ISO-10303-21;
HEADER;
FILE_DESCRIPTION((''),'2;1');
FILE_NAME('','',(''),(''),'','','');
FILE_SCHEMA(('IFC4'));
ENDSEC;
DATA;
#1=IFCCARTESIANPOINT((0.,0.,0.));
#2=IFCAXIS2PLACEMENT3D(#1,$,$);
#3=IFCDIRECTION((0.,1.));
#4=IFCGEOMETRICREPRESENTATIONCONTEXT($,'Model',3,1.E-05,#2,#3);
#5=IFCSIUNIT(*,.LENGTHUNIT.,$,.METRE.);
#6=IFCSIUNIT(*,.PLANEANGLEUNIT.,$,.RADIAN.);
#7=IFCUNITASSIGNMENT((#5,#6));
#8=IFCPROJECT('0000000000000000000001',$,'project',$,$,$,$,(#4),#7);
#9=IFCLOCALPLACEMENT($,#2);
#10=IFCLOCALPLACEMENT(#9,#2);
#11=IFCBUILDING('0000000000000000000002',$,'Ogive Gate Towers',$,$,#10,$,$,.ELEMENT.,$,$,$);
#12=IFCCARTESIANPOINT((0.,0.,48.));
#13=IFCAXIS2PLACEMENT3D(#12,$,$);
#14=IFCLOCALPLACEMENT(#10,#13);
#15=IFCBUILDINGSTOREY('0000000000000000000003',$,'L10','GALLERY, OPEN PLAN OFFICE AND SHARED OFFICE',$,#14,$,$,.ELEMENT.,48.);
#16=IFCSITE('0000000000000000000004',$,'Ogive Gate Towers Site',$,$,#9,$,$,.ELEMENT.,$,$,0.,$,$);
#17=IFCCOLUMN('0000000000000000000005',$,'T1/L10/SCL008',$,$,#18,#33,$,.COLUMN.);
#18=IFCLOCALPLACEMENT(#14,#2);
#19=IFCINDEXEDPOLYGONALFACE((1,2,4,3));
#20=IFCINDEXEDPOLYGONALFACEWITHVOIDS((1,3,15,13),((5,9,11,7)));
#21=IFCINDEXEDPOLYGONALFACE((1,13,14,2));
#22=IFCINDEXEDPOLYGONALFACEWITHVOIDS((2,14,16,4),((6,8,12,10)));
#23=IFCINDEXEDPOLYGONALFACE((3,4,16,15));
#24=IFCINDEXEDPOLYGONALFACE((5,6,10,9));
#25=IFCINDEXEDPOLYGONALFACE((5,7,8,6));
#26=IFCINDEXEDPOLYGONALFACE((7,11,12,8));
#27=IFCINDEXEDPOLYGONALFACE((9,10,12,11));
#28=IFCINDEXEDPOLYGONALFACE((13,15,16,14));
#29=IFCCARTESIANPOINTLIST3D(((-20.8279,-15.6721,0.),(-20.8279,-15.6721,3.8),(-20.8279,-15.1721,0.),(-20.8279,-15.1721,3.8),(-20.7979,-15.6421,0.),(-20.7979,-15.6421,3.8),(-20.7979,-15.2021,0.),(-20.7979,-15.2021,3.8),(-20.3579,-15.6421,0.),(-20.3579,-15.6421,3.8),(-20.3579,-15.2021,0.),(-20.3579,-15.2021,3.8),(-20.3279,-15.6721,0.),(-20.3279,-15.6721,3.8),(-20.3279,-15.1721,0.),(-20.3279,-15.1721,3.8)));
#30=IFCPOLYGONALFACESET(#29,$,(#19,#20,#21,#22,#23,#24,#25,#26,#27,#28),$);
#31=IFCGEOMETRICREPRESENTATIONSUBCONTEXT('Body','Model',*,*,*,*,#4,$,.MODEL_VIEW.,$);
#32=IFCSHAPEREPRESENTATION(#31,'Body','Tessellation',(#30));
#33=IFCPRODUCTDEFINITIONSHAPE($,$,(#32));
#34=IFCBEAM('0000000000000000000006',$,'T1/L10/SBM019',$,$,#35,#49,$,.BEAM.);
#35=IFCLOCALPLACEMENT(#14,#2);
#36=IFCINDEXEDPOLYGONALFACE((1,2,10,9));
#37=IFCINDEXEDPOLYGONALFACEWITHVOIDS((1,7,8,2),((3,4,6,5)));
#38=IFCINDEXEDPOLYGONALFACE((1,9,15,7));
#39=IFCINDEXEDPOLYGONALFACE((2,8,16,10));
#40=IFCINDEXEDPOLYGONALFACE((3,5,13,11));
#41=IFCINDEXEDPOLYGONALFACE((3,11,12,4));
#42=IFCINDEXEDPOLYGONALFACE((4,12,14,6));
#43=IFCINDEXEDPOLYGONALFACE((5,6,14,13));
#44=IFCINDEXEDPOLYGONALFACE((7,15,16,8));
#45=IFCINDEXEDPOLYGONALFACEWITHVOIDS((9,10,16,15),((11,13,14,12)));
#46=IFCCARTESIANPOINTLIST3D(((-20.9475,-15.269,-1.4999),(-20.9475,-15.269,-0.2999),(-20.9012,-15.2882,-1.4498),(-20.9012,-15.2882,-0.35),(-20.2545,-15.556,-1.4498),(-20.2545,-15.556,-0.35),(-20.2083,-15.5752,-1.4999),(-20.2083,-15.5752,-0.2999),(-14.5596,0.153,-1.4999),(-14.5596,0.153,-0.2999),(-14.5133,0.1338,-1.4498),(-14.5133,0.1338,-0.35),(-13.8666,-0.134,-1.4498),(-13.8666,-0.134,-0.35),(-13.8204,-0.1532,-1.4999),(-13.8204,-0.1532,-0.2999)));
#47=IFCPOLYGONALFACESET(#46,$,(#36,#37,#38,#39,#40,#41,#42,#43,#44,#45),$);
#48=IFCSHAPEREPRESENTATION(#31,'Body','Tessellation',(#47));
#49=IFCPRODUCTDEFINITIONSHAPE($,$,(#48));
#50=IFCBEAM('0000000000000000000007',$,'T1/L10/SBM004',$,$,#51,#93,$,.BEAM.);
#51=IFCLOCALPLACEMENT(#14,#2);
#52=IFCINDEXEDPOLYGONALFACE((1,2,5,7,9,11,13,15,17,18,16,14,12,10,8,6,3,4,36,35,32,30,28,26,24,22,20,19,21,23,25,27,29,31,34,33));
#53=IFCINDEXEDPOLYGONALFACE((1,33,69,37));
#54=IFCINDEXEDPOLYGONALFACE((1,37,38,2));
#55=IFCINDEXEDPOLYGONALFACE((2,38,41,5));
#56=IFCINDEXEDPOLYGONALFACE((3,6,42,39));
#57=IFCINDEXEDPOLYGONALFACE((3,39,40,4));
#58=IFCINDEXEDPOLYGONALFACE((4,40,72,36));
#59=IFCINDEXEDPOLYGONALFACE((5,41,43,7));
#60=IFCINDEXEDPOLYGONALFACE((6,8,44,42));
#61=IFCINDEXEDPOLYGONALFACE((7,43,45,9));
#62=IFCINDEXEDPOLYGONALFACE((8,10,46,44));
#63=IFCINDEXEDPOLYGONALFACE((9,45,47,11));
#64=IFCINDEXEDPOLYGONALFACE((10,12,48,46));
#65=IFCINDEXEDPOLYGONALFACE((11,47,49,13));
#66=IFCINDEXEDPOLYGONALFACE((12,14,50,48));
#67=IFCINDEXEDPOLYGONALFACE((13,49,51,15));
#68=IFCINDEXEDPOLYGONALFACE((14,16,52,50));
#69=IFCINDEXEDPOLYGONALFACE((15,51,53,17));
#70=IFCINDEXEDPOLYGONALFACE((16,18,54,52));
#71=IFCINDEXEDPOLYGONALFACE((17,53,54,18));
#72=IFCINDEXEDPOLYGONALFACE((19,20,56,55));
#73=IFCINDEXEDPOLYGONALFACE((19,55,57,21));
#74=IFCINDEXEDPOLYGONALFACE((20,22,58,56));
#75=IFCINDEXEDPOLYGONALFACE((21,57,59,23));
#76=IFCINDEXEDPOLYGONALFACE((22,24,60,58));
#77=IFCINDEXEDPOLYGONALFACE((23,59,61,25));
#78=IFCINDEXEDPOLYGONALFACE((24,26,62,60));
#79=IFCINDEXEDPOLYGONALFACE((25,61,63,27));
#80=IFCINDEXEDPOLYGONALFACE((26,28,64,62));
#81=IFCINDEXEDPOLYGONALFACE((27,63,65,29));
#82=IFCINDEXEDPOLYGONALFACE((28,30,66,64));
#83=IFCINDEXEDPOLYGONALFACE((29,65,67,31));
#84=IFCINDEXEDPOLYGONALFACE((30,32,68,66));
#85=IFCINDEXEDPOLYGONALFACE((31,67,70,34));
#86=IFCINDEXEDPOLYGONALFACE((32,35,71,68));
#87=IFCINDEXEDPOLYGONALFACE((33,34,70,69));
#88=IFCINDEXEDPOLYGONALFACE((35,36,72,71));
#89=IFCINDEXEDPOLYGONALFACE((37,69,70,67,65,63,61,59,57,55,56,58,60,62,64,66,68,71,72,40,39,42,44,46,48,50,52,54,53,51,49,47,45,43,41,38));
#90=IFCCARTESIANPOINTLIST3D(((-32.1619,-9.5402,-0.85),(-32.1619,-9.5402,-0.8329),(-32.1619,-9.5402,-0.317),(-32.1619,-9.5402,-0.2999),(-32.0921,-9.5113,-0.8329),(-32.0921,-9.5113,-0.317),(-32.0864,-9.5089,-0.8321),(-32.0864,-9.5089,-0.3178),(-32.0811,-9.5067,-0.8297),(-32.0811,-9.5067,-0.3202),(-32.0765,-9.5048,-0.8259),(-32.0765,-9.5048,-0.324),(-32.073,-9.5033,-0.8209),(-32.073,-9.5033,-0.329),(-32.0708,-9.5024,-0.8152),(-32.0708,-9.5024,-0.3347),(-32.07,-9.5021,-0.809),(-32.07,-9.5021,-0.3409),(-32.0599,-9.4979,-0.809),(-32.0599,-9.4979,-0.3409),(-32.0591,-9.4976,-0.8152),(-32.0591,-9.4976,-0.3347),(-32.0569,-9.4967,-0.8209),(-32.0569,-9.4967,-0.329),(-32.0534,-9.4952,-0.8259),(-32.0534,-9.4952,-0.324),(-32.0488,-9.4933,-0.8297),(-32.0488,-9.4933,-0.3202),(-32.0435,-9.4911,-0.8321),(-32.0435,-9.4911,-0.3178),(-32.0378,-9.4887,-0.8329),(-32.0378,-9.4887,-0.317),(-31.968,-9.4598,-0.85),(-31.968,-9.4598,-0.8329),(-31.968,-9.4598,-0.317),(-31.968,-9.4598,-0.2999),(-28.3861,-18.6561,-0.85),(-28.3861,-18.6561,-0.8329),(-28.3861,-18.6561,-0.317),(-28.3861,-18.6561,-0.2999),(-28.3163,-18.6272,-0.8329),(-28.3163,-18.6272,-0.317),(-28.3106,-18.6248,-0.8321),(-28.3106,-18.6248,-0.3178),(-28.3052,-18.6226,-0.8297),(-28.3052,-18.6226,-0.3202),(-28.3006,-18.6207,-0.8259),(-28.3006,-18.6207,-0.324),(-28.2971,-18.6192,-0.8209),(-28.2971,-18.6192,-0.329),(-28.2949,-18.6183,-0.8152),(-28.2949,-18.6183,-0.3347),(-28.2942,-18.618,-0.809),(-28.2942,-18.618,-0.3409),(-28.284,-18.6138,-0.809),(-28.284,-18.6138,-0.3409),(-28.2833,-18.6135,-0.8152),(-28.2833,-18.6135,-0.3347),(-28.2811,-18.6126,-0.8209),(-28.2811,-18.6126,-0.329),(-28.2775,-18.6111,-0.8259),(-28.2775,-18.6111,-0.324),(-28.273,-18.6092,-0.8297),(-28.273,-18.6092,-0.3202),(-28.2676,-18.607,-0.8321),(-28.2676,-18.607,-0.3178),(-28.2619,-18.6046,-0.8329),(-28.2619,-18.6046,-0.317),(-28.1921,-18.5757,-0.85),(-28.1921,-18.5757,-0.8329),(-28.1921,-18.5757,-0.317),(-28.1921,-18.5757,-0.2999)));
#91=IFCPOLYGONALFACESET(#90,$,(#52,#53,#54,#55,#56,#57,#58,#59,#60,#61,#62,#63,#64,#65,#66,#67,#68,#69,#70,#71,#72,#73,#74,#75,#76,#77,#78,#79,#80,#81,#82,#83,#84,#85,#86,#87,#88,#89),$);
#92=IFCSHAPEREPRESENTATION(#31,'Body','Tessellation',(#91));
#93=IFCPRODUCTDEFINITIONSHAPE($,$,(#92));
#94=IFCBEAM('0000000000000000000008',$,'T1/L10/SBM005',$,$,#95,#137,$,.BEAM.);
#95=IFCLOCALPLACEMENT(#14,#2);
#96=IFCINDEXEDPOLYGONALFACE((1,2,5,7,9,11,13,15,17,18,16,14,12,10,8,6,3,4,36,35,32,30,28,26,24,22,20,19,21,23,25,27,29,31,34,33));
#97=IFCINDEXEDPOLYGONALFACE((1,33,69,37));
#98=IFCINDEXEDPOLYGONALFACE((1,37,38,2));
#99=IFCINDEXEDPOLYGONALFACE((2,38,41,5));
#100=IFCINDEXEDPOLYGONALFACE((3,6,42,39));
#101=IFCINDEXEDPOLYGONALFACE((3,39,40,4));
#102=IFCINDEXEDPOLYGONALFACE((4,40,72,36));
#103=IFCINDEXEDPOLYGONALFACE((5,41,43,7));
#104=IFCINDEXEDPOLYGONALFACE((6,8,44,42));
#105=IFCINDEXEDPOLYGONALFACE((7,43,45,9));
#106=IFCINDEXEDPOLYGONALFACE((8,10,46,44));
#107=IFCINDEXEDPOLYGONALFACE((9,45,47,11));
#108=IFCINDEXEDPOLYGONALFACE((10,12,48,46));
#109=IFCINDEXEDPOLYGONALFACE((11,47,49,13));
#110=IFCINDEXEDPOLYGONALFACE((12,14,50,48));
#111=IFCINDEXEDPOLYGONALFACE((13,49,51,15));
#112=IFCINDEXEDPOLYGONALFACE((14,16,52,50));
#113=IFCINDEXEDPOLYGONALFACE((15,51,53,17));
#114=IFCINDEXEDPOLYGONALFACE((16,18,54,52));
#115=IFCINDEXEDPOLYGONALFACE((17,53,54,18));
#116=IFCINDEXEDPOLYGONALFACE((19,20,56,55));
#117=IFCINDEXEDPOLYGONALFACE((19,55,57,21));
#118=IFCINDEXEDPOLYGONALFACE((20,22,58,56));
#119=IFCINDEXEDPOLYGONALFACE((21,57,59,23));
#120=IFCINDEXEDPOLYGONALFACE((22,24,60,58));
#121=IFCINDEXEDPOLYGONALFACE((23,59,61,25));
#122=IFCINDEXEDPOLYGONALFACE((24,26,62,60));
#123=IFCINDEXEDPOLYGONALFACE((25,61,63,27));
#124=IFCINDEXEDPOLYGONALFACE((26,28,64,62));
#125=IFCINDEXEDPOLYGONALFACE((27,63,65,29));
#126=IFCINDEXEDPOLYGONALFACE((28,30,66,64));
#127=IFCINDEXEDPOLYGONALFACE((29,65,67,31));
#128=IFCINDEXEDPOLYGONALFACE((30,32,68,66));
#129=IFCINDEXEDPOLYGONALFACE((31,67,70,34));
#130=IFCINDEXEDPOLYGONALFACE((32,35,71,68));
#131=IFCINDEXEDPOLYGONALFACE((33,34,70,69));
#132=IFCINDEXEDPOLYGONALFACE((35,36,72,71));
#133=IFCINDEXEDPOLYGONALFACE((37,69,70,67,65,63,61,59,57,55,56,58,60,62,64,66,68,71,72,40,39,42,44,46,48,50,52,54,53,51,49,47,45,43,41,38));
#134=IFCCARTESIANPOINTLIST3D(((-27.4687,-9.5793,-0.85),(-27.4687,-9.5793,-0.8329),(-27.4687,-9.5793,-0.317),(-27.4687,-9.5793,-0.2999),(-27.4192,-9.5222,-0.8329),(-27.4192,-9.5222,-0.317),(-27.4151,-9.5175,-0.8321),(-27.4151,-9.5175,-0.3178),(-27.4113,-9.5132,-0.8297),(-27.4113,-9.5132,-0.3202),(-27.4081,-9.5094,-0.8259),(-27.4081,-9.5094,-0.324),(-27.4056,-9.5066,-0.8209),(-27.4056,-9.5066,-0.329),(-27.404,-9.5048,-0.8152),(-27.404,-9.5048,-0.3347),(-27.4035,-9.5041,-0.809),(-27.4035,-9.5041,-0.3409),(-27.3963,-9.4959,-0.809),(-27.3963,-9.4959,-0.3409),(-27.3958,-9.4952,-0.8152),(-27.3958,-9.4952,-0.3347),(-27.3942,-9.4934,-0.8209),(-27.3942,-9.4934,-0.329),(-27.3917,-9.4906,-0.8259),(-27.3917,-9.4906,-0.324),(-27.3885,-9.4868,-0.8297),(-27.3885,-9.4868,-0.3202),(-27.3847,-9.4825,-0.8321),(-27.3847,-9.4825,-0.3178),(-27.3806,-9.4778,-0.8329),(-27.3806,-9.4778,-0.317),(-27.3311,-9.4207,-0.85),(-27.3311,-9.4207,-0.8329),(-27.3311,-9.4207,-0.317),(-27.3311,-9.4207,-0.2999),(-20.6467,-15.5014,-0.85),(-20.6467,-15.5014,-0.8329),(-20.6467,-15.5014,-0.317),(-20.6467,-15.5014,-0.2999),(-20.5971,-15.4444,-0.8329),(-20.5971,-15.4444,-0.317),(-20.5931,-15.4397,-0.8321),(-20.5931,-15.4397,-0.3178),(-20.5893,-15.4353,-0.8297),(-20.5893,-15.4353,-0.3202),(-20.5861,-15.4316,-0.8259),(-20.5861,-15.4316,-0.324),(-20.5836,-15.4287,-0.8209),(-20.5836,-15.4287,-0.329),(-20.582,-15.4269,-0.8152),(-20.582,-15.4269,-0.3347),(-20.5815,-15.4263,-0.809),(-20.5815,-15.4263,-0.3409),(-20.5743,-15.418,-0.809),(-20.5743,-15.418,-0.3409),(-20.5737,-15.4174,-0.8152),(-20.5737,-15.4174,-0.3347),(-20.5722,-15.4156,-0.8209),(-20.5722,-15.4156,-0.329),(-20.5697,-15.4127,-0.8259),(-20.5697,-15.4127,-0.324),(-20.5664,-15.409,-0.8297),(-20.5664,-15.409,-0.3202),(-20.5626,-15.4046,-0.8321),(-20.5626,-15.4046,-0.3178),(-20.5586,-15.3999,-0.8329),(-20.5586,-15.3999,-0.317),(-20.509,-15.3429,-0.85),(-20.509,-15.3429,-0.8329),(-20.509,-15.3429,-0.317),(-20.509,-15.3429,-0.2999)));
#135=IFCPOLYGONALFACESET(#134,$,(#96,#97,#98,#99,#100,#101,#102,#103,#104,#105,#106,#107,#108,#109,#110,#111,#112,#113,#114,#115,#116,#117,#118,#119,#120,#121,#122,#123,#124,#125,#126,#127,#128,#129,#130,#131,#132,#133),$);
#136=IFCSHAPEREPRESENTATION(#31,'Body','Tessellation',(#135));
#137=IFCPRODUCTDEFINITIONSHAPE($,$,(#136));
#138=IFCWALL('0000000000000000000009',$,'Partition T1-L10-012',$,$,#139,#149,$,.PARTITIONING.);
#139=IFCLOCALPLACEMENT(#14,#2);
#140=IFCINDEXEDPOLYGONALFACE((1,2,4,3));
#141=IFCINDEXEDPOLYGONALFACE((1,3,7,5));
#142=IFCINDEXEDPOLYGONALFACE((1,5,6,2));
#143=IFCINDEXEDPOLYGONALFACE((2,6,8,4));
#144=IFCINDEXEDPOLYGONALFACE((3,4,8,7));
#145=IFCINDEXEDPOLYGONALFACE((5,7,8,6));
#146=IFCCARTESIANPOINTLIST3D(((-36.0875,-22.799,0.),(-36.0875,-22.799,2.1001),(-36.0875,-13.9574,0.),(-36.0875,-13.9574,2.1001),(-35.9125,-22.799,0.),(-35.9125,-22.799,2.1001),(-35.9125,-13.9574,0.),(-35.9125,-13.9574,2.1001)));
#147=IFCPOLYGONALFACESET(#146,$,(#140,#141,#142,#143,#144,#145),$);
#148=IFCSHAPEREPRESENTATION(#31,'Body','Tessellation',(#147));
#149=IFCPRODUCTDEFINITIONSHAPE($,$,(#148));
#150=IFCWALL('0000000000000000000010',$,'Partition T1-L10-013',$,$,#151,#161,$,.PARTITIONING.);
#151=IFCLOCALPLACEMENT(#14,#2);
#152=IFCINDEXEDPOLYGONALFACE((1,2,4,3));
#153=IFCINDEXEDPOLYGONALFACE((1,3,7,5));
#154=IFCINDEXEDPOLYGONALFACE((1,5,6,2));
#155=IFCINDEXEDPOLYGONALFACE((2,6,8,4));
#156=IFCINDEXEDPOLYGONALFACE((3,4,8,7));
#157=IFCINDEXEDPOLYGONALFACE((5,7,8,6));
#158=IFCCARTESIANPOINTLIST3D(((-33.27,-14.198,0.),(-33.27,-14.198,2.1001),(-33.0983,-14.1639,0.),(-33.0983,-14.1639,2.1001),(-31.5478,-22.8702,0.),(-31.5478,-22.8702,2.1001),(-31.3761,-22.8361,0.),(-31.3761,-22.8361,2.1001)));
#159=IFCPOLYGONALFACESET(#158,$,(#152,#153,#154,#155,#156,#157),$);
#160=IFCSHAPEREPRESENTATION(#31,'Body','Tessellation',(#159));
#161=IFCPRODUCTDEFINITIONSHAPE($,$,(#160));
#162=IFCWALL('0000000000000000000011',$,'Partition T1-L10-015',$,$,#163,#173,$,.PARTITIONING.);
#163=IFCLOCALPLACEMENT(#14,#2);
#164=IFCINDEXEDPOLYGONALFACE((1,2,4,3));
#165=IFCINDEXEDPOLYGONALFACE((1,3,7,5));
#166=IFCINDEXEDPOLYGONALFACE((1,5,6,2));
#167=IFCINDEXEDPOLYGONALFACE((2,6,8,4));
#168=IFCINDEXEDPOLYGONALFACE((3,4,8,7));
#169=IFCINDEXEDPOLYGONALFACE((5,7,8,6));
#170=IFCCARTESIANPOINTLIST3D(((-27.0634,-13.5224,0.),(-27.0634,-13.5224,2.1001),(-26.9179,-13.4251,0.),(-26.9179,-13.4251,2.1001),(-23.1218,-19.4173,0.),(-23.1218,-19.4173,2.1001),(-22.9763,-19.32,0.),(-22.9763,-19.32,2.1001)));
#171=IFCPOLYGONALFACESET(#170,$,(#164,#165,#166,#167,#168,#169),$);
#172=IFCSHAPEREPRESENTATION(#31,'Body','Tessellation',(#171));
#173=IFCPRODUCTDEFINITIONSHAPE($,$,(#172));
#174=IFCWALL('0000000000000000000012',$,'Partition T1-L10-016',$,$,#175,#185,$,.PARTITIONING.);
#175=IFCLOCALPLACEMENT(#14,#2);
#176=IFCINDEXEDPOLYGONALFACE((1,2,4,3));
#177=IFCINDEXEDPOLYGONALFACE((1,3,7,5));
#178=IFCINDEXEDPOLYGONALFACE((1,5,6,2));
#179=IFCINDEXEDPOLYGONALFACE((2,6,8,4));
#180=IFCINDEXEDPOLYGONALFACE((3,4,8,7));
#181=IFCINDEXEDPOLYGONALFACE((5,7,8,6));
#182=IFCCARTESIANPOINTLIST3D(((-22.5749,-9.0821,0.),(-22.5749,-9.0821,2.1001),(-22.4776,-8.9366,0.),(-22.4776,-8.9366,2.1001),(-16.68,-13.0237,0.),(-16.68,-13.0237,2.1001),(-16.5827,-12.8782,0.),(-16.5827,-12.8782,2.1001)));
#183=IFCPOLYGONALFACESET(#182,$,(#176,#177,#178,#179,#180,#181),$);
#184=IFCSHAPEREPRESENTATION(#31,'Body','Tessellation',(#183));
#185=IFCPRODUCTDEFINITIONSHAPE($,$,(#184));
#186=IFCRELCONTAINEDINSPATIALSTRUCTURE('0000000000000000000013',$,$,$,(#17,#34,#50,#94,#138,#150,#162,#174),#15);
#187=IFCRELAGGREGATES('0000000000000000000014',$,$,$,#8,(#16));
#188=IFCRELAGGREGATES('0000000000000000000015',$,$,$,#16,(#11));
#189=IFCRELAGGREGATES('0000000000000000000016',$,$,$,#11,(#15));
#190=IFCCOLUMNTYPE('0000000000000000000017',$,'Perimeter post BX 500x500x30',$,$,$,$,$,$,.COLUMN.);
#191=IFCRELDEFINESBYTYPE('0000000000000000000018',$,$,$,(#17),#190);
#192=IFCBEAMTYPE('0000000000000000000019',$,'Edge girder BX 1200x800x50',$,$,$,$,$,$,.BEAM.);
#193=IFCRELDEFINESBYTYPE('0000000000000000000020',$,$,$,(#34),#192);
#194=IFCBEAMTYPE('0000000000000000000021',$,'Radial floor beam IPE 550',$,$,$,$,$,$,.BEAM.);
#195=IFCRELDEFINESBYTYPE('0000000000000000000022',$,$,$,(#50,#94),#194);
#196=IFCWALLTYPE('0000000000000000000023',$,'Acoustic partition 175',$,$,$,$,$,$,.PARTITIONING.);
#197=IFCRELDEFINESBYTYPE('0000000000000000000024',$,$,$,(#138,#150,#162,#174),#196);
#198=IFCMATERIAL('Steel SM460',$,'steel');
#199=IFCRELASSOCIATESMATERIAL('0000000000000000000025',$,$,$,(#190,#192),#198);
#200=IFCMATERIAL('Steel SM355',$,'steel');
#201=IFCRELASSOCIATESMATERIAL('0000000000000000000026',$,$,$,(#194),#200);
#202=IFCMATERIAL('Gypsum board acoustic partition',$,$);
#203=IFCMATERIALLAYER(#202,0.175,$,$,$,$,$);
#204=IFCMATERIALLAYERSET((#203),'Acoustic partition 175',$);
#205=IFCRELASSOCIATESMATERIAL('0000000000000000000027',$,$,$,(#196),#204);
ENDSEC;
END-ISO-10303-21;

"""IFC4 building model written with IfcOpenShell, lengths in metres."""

from ifc_helpers import new_model, si_unit, direction, frame, frame_2d, origin, origin_2d, place, context, subcontext, project, spatial, rectangle, hollow_rectangle, i_section, extrude, material, layer, layer_set, material_profile, profile_set, type_object, element, save


model = new_model("IFC4")

# Units and contexts
model_context = context("Model", 3, precision=1e-05, world=origin(), true_north=direction((0.0, 1.0)))
body_context = subcontext(model_context, "Body", "Model", "MODEL_VIEW")
ifc_project = project(units=[si_unit("LENGTHUNIT", "METRE"), si_unit("PLANEANGLEUNIT", "RADIAN")], contexts=[model_context])

# Site, building, storey
site_placement = place(None, origin())
site = spatial("IfcSite", under=ifc_project, at=site_placement, Name="Ogive Gate Towers Site", CompositionType="ELEMENT", RefElevation=0.0)
building_placement = place(site_placement, origin())
building = spatial("IfcBuilding", under=site, at=building_placement, Name="Ogive Gate Towers", CompositionType="ELEMENT")
storey_placement = place(building_placement, frame((0.0, 0.0, 48.0)))
storey = spatial("IfcBuildingStorey", under=building, at=storey_placement, Name="L10", Description="GALLERY, OPEN PLAN OFFICE AND SHARED OFFICE", CompositionType="ELEMENT", Elevation=48.0)

# Column
ifc_material_1 = material(Name="Steel SM460", Category="steel")
ifc_material_profile_1 = material_profile(ifc_material_1, hollow_rectangle(XDim=0.5, YDim=0.5, WallThickness=0.03, at=origin_2d()), Name="BX 500x500x30")
ifc_profile_set_1 = profile_set([ifc_material_profile_1], Name="Steel SM460")
column_type = type_object("IfcColumnType", Name="Perimeter post BX 500x500x30", PredefinedType="COLUMN", material=ifc_profile_set_1)
column_placement = place(storey_placement, frame((-20.5779, -15.4221, 0.0), z_axis=(0.0, 0.0, 1.0), x_axis=(1.0, 0.0, 0.0)))
element("IfcColumn", 1, at=column_placement, inside=storey, type_object=column_type, Name="T1/L10/SCL008", PredefinedType="COLUMN", context=body_context, shape_type="SweptSolid", body=[
    extrude(hollow_rectangle(XDim=0.5, YDim=0.5, WallThickness=0.03, at=origin_2d()), origin(), (0.0, 0.0, 1.0), 3.8),
])

# Beams
ifc_material_profile_2 = material_profile(ifc_material_1, hollow_rectangle(XDim=0.8, YDim=1.2, WallThickness=0.05, at=origin_2d()), Name="BX 1200x800x50")
ifc_profile_set_2 = profile_set([ifc_material_profile_2], Name="Steel SM460")
beam_type_1 = type_object("IfcBeamType", Name="Edge girder BX 1200x800x50", PredefinedType="BEAM", material=ifc_profile_set_2)
beam_1_placement = place(storey_placement, frame((-20.5779, -15.4221, -0.8999), z_axis=(0.382678, 0.923882, 0.0), x_axis=(-0.923882, 0.382678, 0.0)))
element("IfcBeam", 2, at=beam_1_placement, inside=storey, type_object=beam_type_1, Name="T1/L10/SBM019", PredefinedType="BEAM", context=body_context, shape_type="SweptSolid", body=[
    extrude(hollow_rectangle(XDim=0.8, YDim=1.2, WallThickness=0.05, at=origin_2d()), origin(), (0.0, 0.0, 1.0), 16.6926),
])
ifc_material_2 = material(Name="Steel SM355", Category="steel")
ifc_material_profile_3 = material_profile(ifc_material_2, i_section(OverallWidth=0.21, OverallDepth=0.55, WebThickness=0.011, FlangeThickness=0.0171, FilletRadius=0.0239, at=origin_2d()), Name="IPE 550")
ifc_profile_set_3 = profile_set([ifc_material_profile_3], Name="Steel SM355")
beam_type_2 = type_object("IfcBeamType", Name="Radial floor beam IPE 550", PredefinedType="BEAM", material=ifc_profile_set_3)
beam_2_placement = place(storey_placement, frame((-32.0649, -9.5, -0.575), z_axis=(0.382677, -0.923882, 0.0), x_axis=(0.923882, 0.382677, 0.0)))
element("IfcBeam", 3, at=beam_2_placement, inside=storey, type_object=beam_type_2, Name="T1/L10/SBM004", PredefinedType="BEAM", context=body_context, shape_type="SweptSolid", body=[
    extrude(i_section(OverallWidth=0.21, OverallDepth=0.55, WebThickness=0.011, FlangeThickness=0.0171, FilletRadius=0.0239, at=origin_2d()), origin(), (0.0, 0.0, 1.0), 9.8669),
])
beam_3_placement = place(storey_placement, frame((-27.3999, -9.5, -0.575), z_axis=(0.755157, -0.655544, 0.0), x_axis=(0.655544, 0.755157, 0.0)))
element("IfcBeam", 4, at=beam_3_placement, inside=storey, type_object=beam_type_2, Name="T1/L10/SBM005", PredefinedType="BEAM", context=body_context, shape_type="SweptSolid", body=[
    extrude(i_section(OverallWidth=0.21, OverallDepth=0.55, WebThickness=0.011, FlangeThickness=0.0171, FilletRadius=0.0239, at=origin_2d()), origin(), (0.0, 0.0, 1.0), 9.0339),
])

# Walls
ifc_material_3 = material(Name="Gypsum board acoustic partition")
ifc_layer_1 = layer(ifc_material_3, 0.175)
ifc_layer_set_1 = layer_set([ifc_layer_1], Name="Acoustic partition 175")
wall_type_1 = type_object("IfcWallType", Name="Acoustic partition 175", PredefinedType="PARTITIONING", material=ifc_layer_set_1)
for number, where, z_axis, x_axis, name in (
    (5, (-36.0, -22.7991, 0.0), (0.0, 0.0, 1.0), (0.0, 1.0, 0.0), "Partition T1-L10-012"),
    (6, (-31.4619, -22.8533, 0.0), (0.0, 0.0, 1.0), (-0.194783, 0.980846, 0.0), "Partition T1-L10-013"),
):
    element("IfcWall", number, at=place(storey_placement, frame(where, z_axis=z_axis, x_axis=x_axis)), inside=storey, type_object=wall_type_1, Name=name, PredefinedType="PARTITIONING", context=body_context, shape_type="SweptSolid", body=[
        extrude(rectangle(XDim=8.8416, YDim=0.175, at=frame_2d((4.4209, 0.0))), origin(), (0.0, 0.0, 1.0), 2.1001),
    ])
for number, where, z_axis, x_axis, name in (
    (7, (-23.0491, -19.3687, 0.0), (0.0, 0.0, 1.0), (-0.555836, 0.831292, 0.0), "Partition T1-L10-015"),
    (8, (-16.6313, -12.9509, 0.0), (0.0, 0.0, 1.0), (-0.831292, 0.555836, 0.0), "Partition T1-L10-016"),
):
    element("IfcWall", number, at=place(storey_placement, frame(where, z_axis=z_axis, x_axis=x_axis)), inside=storey, type_object=wall_type_1, Name=name, PredefinedType="PARTITIONING", context=body_context, shape_type="SweptSolid", body=[
        extrude(rectangle(XDim=7.0913, YDim=0.175, at=frame_2d((3.5457, 0.0))), origin(), (0.0, 0.0, 1.0), 2.1001),
    ])

save(model, "model.ifc")
